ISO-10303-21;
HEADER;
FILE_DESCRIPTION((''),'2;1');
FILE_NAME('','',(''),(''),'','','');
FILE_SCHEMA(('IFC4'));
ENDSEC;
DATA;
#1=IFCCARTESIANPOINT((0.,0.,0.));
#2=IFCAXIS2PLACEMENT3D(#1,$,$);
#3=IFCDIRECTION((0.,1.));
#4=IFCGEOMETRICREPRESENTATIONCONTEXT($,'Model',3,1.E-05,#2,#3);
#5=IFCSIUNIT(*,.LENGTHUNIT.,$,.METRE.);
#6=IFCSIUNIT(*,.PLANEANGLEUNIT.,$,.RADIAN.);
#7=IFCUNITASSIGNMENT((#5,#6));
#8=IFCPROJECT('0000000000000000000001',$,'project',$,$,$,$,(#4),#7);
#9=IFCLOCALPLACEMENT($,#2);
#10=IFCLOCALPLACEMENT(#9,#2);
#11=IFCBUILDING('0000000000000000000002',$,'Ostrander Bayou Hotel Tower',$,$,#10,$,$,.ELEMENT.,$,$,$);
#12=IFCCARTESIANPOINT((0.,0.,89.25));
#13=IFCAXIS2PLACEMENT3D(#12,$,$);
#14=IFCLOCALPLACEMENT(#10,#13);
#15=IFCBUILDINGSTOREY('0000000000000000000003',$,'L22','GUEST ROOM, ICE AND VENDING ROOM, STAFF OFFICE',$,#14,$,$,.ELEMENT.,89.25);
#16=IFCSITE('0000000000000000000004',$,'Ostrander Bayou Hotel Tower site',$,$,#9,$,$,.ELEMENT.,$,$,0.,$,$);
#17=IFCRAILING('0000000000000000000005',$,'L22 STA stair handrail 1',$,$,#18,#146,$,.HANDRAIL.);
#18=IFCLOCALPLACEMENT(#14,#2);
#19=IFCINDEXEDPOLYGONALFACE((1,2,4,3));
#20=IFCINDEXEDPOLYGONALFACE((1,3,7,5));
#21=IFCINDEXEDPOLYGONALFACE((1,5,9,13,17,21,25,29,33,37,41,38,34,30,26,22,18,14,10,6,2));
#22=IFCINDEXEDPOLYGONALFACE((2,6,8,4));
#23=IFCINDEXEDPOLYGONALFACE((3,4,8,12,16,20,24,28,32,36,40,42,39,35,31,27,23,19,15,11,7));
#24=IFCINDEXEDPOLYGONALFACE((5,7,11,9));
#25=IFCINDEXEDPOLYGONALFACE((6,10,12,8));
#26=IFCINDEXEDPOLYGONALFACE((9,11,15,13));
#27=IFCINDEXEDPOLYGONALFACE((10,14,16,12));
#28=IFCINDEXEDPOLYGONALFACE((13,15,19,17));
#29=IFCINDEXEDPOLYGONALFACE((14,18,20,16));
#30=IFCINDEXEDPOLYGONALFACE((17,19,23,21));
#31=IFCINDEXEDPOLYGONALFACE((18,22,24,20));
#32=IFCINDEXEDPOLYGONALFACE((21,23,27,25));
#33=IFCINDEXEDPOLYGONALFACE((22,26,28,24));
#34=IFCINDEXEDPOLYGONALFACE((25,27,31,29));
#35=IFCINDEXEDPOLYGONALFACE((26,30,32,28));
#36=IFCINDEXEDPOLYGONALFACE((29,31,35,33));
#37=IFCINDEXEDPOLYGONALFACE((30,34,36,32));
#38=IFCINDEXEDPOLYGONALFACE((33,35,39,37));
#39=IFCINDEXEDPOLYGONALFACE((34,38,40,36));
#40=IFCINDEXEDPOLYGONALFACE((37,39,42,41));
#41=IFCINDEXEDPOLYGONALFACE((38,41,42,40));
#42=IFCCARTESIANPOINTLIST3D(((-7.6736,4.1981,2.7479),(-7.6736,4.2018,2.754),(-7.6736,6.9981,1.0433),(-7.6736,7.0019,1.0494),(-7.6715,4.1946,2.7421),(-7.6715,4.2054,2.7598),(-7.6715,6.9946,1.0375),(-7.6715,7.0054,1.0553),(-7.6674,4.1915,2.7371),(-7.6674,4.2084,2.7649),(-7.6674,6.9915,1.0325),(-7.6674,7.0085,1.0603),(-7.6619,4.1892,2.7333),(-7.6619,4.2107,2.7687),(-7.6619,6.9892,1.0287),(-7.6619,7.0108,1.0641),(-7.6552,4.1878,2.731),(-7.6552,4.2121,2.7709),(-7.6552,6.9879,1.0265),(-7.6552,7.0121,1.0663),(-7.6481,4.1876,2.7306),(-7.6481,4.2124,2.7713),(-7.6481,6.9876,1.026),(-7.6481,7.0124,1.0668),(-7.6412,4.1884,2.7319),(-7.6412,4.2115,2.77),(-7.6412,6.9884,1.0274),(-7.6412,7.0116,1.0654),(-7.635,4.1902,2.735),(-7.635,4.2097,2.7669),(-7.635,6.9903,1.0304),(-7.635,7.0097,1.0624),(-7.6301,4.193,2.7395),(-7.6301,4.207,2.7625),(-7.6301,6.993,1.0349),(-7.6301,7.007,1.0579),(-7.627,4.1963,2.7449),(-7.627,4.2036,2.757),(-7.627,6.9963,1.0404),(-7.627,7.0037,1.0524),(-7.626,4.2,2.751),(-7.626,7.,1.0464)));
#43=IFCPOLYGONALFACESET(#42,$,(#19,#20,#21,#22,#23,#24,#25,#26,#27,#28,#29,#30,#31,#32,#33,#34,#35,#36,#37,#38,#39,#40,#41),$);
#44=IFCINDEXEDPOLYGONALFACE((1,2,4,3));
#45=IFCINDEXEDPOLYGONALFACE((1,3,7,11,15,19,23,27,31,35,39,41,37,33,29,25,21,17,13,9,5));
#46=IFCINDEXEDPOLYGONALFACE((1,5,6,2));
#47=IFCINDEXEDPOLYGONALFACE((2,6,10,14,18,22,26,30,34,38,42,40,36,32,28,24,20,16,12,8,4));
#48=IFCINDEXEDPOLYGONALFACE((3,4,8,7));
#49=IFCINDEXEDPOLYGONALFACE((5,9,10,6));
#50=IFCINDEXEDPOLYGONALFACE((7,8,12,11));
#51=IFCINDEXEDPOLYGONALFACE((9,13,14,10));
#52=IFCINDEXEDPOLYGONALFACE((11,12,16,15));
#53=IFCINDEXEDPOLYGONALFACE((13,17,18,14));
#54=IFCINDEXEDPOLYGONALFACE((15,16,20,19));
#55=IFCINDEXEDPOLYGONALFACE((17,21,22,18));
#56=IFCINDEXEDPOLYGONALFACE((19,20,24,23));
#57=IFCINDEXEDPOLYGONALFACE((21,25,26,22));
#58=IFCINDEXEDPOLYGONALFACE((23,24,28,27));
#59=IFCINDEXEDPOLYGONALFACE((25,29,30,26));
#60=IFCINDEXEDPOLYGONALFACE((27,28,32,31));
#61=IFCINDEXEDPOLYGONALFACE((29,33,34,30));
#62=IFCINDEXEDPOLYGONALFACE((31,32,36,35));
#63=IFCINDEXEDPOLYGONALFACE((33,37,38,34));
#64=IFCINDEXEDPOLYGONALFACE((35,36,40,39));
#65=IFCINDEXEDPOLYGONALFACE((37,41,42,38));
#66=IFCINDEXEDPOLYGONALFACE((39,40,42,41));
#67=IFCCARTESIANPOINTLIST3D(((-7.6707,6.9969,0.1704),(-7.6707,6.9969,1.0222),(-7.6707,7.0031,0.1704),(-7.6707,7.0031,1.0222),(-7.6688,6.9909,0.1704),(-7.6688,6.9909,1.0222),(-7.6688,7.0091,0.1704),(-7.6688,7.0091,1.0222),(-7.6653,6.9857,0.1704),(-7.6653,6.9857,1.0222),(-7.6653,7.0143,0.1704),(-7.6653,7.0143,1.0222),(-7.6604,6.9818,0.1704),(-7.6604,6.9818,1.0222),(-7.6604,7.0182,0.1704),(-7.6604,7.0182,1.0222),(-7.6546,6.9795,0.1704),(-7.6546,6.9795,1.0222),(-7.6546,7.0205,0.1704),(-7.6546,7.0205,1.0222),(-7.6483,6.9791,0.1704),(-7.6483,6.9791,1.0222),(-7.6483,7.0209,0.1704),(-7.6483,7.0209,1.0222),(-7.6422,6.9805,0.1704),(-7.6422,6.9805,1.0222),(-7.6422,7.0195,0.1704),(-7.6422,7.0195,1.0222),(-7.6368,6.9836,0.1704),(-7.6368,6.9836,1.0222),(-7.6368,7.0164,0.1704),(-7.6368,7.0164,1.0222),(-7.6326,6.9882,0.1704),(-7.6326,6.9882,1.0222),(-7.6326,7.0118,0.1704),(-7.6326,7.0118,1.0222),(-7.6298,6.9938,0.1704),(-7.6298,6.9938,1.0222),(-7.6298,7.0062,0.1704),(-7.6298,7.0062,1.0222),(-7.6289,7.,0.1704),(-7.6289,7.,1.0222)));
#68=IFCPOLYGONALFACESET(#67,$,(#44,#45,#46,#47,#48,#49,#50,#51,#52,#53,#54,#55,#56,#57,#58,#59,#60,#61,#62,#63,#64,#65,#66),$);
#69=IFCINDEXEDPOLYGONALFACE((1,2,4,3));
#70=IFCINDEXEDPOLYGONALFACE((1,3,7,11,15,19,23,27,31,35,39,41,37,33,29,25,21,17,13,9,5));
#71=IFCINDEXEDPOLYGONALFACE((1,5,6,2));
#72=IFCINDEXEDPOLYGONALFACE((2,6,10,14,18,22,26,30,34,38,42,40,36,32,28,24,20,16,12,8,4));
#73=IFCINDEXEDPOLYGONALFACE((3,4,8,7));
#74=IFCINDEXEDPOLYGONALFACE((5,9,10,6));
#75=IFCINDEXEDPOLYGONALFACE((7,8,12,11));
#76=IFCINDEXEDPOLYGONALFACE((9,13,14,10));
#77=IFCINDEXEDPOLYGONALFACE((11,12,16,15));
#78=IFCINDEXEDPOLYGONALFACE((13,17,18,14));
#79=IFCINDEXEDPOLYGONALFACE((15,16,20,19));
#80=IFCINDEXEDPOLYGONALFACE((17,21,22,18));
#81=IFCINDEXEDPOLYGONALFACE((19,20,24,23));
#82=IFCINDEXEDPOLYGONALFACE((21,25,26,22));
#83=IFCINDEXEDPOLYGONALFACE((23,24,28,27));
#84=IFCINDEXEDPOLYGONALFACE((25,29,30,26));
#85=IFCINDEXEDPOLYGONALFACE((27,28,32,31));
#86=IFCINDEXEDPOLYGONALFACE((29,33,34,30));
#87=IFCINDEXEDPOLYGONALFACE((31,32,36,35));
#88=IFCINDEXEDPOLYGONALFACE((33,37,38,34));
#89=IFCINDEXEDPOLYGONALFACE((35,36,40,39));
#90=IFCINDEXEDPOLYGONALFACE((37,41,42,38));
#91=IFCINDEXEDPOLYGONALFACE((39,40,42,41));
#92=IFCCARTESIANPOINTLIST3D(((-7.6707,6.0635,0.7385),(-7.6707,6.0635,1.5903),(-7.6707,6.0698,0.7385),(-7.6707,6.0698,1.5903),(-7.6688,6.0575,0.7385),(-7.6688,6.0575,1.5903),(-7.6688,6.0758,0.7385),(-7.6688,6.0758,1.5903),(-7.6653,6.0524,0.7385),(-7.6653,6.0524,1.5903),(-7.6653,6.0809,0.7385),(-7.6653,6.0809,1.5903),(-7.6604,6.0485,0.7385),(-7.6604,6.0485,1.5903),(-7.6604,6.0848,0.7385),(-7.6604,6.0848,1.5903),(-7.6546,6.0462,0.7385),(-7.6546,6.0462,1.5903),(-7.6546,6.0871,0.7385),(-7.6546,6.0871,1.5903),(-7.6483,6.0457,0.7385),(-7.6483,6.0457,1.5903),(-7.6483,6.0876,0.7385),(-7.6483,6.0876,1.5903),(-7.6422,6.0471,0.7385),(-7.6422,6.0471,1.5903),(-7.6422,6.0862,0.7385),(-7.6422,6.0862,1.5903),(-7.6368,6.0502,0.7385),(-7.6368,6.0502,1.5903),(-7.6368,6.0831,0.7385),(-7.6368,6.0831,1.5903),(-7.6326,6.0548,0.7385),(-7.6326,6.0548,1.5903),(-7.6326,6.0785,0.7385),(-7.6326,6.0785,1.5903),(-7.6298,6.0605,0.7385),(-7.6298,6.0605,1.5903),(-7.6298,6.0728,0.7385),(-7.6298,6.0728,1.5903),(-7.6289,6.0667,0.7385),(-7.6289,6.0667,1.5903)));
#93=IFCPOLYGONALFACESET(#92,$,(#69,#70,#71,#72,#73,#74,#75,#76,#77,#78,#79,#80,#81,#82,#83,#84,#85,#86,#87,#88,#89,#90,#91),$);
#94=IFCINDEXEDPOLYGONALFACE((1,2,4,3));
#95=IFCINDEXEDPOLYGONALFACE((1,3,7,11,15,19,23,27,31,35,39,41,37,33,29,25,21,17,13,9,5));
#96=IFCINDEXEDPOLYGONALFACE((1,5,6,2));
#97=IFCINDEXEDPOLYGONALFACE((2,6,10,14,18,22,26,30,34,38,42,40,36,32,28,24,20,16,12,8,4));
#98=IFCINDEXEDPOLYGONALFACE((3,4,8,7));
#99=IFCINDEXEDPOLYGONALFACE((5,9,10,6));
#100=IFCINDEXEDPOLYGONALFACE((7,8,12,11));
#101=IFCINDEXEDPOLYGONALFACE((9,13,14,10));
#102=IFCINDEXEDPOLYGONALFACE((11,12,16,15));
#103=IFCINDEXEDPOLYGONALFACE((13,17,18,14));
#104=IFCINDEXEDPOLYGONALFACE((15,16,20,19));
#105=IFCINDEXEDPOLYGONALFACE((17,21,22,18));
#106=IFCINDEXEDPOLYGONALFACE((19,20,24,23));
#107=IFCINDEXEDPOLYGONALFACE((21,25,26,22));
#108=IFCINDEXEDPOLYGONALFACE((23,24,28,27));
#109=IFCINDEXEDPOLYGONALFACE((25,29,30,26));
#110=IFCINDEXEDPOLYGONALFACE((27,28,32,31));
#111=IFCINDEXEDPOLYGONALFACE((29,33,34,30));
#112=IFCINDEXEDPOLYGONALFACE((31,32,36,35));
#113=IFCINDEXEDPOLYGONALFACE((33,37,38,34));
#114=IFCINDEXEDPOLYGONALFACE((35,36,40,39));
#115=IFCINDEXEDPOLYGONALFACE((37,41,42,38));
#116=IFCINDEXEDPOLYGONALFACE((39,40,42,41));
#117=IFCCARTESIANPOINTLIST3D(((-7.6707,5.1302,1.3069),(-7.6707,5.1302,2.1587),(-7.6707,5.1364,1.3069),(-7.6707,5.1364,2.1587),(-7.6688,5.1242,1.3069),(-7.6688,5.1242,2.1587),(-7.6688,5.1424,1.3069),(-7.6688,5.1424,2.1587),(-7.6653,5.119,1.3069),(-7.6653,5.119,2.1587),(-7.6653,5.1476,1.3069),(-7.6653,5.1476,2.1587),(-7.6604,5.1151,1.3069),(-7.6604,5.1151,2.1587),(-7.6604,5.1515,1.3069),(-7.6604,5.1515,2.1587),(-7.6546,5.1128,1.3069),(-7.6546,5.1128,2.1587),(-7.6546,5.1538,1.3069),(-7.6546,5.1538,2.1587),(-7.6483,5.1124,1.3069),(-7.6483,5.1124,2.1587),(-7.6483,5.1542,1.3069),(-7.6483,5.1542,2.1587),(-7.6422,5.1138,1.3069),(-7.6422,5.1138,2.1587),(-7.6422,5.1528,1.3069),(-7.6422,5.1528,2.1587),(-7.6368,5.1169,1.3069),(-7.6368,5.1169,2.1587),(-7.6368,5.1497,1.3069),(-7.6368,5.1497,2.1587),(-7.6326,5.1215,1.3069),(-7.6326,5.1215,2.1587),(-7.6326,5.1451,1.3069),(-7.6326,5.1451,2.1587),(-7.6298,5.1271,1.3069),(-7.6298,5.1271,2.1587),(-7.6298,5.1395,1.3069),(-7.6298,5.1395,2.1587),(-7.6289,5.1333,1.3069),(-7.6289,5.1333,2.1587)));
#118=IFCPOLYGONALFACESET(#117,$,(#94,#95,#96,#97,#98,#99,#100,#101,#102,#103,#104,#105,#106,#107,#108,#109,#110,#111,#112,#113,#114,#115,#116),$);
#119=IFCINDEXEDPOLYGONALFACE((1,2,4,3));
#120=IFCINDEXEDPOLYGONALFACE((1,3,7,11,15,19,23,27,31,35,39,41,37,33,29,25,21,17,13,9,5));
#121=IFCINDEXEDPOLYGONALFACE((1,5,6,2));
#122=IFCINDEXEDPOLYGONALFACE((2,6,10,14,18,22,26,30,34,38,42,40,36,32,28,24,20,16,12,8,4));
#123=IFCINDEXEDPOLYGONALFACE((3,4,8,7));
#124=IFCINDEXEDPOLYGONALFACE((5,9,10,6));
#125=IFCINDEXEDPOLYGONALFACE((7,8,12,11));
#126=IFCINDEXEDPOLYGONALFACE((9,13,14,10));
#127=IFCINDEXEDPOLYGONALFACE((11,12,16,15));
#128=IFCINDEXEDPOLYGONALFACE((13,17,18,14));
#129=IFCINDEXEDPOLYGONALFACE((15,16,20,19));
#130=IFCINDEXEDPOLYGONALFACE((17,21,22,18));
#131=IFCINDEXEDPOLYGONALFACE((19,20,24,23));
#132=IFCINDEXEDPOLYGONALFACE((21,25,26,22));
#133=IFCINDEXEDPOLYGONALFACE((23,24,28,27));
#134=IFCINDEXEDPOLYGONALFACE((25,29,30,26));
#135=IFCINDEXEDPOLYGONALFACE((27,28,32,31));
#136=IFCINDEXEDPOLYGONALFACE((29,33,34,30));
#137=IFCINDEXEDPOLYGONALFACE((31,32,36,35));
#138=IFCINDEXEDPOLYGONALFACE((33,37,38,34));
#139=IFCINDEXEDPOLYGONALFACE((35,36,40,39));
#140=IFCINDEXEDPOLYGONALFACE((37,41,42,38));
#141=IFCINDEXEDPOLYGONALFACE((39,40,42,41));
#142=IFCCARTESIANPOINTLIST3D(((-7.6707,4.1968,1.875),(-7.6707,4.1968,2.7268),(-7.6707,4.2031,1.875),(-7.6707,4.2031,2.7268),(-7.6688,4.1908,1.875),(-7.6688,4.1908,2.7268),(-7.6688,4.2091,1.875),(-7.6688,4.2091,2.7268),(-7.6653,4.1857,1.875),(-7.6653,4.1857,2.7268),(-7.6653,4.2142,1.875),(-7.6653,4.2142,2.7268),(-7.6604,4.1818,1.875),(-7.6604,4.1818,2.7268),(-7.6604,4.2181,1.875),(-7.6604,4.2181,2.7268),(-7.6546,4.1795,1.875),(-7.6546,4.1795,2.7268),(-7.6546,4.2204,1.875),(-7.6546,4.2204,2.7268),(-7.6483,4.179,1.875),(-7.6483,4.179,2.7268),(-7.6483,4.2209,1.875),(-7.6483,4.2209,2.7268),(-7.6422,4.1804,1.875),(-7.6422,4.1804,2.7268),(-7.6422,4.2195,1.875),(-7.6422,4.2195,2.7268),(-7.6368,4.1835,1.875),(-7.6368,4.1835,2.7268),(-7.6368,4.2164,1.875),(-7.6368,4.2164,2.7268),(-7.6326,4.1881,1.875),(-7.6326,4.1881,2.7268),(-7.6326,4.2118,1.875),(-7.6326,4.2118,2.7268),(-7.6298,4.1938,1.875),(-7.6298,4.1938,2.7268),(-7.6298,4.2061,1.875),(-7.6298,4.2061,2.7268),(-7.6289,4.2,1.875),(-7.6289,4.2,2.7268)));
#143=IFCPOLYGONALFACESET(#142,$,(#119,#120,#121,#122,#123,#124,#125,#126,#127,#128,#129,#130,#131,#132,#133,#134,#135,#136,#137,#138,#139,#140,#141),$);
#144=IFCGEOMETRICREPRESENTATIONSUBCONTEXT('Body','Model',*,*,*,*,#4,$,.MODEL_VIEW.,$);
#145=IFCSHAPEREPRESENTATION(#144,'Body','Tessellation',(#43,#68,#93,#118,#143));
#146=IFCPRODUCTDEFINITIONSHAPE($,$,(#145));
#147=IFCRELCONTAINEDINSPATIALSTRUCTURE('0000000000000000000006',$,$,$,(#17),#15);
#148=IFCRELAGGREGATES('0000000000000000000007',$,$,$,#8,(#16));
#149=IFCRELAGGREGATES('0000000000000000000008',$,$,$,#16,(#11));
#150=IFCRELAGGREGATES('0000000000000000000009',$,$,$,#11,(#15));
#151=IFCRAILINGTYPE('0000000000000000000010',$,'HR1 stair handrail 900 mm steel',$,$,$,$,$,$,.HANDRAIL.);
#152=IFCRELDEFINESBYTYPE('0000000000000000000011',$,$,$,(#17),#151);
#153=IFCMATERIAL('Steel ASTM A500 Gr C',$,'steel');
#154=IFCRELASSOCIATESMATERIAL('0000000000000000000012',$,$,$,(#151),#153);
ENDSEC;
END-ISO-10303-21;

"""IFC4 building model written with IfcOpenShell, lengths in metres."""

from ifc_helpers import new_model, si_unit, direction, frame, origin, origin_2d, place, context, subcontext, project, spatial, circle, extrude, material, type_object, element, save


model = new_model("IFC4")

# Units and contexts
model_context = context("Model", 3, precision=1e-05, world=origin(), true_north=direction((0.0, 1.0)))
body_context = subcontext(model_context, "Body", "Model", "MODEL_VIEW")
ifc_project = project(units=[si_unit("LENGTHUNIT", "METRE"), si_unit("PLANEANGLEUNIT", "RADIAN")], contexts=[model_context])

# Site, building, storey
site_placement = place(None, origin())
site = spatial("IfcSite", under=ifc_project, at=site_placement, Name="Ostrander Bayou Hotel Tower site", CompositionType="ELEMENT", RefElevation=0.0)
building_placement = place(site_placement, origin())
building = spatial("IfcBuilding", under=site, at=building_placement, Name="Ostrander Bayou Hotel Tower", CompositionType="ELEMENT")
storey_placement = place(building_placement, frame((0.0, 0.0, 89.25)))
storey = spatial("IfcBuildingStorey", under=building, at=storey_placement, Name="L22", Description="GUEST ROOM, ICE AND VENDING ROOM, STAFF OFFICE", CompositionType="ELEMENT", Elevation=89.25)

# Railing
ifc_material_1 = material(Name="Steel ASTM A500 Gr C", Category="steel")
railing_type_1 = type_object("IfcRailingType", Name="HR1 stair handrail 900 mm steel", PredefinedType="HANDRAIL", material=ifc_material_1)
railing_1_placement = place(storey_placement, frame((-7.6499, 7.0, 0.1704)))
element("IfcRailing", 1, at=railing_1_placement, inside=storey, type_object=railing_type_1, Name="L22 STA stair handrail 1", PredefinedType="HANDRAIL", context=body_context, shape_type="SweptSolid", body=[
    extrude(circle(Radius=0.0239, at=origin_2d()), frame((0.0, 0.0, 0.876), z_axis=(0.0, -0.85417, 0.519994), x_axis=(1.0, 0.0, 0.0)), (0.0, 0.0, 1.0), 3.2781),
    extrude(circle(Radius=0.021, at=origin_2d()), origin(), (0.0, 0.0, 1.0), 0.8518),
    extrude(circle(Radius=0.021, at=origin_2d()), frame((0.0, -0.9333, 0.5681)), (0.0, 0.0, 1.0), 0.8518),
    extrude(circle(Radius=0.021, at=origin_2d()), frame((0.0, -1.8667, 1.1365)), (0.0, 0.0, 1.0), 0.8518),
    extrude(circle(Radius=0.021, at=origin_2d()), frame((0.0, -2.8, 1.7046)), (0.0, 0.0, 1.0), 0.8518),
])

save(model, "model.ifc")
